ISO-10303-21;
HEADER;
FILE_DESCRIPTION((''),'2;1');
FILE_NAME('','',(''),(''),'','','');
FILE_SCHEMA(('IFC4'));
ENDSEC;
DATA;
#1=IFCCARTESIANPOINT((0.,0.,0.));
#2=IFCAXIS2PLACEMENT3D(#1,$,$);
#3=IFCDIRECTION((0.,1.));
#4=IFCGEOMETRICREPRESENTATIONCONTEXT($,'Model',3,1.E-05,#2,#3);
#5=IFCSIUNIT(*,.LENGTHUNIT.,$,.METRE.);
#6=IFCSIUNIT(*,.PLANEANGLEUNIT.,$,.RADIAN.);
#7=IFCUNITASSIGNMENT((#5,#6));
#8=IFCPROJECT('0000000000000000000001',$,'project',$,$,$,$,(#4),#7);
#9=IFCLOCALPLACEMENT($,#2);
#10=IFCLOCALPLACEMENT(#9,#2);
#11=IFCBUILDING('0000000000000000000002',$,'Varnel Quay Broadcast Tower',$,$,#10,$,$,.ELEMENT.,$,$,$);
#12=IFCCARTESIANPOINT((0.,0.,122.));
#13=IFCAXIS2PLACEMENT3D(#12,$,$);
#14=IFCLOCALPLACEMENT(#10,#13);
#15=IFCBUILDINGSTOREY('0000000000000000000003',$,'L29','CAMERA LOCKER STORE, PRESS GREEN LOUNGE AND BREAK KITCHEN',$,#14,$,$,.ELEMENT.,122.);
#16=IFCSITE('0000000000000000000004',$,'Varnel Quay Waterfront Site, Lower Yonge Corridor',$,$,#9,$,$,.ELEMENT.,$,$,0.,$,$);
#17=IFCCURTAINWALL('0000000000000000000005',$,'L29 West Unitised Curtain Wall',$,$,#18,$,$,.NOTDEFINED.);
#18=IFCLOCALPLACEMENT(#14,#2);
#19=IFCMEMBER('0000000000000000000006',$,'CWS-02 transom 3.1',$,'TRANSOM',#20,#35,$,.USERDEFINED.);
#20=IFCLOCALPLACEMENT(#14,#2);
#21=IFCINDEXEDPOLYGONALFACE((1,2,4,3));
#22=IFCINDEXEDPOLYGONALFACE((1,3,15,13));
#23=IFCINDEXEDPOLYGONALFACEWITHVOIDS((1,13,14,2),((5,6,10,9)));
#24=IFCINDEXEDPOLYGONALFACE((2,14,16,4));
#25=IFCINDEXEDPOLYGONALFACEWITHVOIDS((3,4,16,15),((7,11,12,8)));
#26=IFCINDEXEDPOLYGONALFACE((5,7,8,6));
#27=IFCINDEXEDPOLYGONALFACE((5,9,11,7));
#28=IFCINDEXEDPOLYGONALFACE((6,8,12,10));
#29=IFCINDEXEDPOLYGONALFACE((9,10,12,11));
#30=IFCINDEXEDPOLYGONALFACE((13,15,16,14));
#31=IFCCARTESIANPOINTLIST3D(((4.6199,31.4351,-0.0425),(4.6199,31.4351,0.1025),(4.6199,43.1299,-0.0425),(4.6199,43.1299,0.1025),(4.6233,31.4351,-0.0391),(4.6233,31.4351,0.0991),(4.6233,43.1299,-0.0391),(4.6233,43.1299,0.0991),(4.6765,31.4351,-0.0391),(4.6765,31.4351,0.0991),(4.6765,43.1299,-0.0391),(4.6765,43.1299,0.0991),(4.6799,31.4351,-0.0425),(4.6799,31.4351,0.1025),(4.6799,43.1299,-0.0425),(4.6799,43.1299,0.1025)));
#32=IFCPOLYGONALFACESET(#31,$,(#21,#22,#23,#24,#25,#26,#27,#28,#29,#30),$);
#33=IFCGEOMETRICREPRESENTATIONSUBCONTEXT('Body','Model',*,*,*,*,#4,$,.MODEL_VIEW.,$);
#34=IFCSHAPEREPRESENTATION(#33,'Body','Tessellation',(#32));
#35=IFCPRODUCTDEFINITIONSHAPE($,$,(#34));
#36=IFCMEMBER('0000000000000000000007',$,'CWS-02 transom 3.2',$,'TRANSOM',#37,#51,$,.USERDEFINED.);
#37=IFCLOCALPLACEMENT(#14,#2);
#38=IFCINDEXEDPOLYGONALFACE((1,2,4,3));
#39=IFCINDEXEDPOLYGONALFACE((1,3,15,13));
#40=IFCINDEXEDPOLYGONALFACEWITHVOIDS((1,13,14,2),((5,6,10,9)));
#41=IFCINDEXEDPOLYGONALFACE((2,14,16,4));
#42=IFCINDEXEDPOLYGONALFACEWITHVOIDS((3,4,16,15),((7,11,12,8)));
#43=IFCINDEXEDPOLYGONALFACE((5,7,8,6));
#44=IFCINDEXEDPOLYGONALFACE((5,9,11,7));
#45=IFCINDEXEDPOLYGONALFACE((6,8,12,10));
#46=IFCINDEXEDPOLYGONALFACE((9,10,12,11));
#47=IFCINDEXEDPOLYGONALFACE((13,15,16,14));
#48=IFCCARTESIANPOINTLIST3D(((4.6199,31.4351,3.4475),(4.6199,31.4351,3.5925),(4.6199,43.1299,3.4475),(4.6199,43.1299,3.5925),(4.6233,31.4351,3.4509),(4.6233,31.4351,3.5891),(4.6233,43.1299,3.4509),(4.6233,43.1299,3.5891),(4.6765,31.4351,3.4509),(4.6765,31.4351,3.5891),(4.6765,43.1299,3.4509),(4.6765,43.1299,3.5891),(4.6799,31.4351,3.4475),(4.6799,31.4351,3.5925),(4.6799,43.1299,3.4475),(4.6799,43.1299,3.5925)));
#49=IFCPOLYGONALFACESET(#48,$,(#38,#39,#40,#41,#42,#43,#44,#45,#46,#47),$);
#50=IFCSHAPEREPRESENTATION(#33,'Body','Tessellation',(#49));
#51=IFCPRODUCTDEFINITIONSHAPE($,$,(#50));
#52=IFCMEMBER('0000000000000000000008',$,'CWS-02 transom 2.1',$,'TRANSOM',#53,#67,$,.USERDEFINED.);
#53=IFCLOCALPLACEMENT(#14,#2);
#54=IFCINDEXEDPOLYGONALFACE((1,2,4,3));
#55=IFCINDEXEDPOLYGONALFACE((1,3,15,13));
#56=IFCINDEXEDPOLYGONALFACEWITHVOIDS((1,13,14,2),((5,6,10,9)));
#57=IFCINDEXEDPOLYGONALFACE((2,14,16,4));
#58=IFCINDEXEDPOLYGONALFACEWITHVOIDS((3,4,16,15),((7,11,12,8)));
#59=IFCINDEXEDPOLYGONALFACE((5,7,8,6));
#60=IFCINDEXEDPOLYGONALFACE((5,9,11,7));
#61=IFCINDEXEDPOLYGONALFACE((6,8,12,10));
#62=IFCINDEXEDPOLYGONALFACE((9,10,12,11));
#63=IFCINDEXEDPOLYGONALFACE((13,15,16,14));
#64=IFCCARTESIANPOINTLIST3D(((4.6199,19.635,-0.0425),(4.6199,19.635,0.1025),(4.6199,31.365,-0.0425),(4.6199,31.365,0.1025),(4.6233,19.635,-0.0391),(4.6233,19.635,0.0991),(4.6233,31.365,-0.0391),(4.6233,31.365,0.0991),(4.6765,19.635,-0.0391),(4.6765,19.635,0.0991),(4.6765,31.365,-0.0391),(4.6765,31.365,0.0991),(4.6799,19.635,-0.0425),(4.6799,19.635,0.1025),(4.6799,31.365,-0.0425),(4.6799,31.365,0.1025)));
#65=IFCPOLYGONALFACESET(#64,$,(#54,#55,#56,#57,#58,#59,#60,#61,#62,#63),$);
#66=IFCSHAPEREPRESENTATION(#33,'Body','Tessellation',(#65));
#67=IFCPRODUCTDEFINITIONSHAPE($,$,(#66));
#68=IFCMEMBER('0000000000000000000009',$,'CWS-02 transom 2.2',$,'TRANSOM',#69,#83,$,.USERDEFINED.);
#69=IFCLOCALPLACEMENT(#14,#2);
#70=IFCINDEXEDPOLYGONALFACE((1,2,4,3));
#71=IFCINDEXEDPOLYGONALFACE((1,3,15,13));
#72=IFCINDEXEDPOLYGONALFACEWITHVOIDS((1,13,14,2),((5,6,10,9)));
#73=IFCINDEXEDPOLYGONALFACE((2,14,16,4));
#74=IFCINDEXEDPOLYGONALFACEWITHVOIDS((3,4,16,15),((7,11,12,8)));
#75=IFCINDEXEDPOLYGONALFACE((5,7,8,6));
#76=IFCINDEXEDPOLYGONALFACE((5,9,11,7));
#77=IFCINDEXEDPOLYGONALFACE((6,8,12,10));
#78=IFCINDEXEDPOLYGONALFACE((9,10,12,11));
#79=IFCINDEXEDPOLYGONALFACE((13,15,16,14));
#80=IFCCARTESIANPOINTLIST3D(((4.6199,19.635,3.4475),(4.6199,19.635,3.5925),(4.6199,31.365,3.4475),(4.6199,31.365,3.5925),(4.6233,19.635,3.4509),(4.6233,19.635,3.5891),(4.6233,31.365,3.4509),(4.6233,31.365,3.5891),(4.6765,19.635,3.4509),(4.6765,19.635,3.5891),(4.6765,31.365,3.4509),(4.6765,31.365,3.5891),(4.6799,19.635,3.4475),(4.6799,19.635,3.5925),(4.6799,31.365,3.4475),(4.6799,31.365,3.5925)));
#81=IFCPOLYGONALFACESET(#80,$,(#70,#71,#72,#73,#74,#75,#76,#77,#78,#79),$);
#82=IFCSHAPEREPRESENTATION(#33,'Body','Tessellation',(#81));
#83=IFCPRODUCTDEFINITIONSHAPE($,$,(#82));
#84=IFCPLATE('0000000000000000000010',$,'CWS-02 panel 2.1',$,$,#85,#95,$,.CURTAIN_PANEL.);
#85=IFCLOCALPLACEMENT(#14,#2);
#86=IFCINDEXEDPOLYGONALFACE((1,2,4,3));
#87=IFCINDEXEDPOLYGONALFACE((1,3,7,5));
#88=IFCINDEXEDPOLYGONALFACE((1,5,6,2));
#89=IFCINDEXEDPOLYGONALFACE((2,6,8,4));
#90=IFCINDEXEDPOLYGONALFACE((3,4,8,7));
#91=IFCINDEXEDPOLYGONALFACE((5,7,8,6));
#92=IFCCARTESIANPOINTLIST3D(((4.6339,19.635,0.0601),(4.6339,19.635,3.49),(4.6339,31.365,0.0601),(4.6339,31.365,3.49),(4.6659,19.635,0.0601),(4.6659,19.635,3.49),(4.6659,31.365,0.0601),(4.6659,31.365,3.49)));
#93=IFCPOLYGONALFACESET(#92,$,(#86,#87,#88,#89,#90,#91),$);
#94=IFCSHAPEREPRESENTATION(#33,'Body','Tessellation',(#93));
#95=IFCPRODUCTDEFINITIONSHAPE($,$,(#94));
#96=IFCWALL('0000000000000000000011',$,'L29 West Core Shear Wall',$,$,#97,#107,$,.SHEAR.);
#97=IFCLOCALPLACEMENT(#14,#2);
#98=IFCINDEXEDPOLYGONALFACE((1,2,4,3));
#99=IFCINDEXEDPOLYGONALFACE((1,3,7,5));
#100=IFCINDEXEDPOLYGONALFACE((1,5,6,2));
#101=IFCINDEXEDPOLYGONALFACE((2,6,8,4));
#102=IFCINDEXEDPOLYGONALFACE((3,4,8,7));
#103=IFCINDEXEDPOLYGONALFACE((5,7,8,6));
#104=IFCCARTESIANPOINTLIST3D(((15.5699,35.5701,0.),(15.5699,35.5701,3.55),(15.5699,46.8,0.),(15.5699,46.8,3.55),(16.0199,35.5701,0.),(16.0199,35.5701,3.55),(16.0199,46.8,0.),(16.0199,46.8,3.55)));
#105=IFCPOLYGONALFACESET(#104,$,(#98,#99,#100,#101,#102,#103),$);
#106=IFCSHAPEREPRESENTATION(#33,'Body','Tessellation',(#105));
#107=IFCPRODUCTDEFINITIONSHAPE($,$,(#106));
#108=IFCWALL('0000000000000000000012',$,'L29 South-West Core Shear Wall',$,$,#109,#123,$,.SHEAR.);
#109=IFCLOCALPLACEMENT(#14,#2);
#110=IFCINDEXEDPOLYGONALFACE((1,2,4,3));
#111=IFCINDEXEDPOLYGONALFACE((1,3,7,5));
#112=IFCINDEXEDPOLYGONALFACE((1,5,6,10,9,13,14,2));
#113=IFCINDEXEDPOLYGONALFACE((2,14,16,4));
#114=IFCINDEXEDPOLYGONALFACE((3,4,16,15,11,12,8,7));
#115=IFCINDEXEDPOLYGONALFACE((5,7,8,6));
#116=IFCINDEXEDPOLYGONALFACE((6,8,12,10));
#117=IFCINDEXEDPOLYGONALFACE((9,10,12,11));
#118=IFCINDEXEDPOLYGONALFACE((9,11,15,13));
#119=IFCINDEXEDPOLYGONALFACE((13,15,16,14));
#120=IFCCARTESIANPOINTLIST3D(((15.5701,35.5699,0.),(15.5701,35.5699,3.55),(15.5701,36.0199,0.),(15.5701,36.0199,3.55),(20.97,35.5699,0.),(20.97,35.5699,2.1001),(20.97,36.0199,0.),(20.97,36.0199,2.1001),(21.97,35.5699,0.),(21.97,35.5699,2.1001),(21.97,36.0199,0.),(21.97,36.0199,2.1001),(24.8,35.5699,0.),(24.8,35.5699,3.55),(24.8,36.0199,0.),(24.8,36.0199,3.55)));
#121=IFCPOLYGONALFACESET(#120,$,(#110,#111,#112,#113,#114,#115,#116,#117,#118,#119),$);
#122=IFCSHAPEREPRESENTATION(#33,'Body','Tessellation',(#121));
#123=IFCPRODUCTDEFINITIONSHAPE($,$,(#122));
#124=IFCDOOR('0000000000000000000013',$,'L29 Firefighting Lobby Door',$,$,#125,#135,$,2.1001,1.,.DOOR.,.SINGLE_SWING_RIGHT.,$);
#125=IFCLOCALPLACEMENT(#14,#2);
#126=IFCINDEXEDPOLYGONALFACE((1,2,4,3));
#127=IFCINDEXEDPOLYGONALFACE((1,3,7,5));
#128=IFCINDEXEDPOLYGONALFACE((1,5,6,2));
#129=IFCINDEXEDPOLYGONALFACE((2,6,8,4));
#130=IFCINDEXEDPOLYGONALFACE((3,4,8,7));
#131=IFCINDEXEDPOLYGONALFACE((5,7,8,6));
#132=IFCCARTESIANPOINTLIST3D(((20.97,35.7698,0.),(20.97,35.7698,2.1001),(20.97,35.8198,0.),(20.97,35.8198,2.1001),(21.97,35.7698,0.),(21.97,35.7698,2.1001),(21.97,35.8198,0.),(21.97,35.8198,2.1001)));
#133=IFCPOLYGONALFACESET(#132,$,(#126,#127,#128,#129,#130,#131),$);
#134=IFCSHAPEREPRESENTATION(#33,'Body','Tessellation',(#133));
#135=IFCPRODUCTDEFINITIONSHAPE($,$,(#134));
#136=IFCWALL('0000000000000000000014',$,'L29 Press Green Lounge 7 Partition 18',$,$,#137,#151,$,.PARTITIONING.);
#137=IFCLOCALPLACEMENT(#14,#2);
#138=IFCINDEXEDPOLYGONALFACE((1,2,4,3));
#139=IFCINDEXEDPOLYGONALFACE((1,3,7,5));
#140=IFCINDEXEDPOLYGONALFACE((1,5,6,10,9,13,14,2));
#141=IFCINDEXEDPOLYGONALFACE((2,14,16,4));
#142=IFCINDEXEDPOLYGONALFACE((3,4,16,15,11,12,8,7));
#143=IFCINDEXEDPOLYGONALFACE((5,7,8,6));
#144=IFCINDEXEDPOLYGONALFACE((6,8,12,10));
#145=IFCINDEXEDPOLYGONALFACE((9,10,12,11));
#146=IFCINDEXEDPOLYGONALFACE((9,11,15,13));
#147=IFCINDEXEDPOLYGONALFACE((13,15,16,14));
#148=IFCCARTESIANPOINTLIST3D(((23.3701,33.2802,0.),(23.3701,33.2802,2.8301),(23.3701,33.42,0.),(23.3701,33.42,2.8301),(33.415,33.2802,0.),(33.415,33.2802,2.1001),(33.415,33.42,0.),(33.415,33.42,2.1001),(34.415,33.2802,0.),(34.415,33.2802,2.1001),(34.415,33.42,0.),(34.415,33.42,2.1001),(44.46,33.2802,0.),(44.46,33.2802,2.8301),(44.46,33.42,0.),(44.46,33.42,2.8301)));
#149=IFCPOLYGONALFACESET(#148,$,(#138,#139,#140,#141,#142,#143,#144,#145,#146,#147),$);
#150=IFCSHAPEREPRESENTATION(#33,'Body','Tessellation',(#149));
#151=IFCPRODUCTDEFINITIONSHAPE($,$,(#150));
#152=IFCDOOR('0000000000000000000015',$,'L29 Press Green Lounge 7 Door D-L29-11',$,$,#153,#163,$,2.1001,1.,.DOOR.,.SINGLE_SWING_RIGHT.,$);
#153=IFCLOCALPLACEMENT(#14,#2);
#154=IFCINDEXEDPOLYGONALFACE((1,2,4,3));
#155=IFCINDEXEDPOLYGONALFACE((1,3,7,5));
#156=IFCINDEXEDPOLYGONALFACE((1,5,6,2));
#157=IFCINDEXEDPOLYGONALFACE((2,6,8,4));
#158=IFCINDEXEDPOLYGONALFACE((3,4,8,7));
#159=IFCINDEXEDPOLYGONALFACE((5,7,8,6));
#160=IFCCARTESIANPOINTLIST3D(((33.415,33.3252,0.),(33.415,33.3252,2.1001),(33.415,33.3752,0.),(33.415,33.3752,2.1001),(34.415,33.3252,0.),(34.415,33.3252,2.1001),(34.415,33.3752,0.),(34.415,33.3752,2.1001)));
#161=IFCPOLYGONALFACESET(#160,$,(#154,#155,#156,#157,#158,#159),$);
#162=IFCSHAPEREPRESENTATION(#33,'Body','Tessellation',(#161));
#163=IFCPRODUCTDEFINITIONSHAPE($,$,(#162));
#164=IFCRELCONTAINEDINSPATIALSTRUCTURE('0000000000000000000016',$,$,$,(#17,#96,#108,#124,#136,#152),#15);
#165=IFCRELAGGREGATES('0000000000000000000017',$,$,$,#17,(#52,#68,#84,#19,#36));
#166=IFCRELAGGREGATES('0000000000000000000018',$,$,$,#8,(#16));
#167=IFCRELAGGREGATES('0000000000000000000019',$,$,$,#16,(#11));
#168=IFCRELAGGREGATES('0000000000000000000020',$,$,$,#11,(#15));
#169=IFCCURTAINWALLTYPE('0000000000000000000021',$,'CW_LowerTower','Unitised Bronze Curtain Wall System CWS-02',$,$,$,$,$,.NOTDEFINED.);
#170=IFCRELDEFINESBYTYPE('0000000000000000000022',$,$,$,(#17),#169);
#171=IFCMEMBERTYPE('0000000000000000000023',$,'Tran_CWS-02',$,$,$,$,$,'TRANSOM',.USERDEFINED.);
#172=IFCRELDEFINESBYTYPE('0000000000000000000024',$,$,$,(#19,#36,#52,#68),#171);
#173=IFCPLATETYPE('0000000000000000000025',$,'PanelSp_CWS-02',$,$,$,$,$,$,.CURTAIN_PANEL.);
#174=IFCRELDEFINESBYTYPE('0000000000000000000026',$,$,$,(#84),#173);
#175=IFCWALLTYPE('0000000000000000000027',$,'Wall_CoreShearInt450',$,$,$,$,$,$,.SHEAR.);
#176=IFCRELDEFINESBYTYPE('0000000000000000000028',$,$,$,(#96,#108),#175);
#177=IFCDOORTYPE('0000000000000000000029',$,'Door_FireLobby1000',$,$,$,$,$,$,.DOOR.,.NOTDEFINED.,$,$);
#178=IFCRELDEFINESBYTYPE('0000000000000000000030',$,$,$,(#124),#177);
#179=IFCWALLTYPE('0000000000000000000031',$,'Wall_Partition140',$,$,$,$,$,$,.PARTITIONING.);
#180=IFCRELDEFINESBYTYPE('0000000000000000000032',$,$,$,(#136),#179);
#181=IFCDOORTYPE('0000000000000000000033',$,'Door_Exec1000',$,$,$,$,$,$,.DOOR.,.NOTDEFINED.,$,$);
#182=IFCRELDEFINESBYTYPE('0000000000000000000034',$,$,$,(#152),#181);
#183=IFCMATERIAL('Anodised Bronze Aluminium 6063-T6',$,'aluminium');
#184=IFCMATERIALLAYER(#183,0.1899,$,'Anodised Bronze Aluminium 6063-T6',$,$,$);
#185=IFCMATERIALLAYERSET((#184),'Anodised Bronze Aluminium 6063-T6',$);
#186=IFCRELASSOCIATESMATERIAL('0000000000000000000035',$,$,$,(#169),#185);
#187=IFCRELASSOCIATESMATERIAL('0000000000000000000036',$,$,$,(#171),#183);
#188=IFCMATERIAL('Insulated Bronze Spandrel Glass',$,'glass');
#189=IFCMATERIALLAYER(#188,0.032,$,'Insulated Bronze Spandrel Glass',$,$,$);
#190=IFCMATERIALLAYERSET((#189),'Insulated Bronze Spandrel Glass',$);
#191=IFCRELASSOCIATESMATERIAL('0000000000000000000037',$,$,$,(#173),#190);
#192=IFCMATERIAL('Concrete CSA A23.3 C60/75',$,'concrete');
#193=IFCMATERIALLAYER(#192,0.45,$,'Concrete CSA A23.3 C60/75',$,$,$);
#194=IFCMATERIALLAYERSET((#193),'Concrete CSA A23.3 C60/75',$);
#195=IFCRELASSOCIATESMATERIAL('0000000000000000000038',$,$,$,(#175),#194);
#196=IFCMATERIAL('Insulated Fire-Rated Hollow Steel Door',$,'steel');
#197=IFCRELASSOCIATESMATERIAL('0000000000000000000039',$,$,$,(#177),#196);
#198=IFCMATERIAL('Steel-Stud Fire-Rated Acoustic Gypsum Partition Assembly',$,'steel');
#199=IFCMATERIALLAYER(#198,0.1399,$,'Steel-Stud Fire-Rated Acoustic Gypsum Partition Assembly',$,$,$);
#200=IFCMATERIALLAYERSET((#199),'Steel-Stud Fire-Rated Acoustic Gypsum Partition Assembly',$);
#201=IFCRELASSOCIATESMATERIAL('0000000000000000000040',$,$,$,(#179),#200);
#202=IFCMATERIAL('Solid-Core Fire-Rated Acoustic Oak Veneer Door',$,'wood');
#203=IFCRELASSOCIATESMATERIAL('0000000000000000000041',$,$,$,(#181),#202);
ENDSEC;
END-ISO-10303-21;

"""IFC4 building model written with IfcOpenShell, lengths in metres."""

from ifc_helpers import new_model, si_unit, direction, frame, frame_2d, origin, origin_2d, place, context, subcontext, project, spatial, rectangle, hollow_rectangle, extrude, source, transform, mapped, material, layer, layer_set, material_profile, profile_set, type_object, type_shapes, element, fill, aggregate, save


model = new_model("IFC4")

# Units and contexts
model_context = context("Model", 3, precision=1e-05, world=origin(), true_north=direction((0.0, 1.0)))
body_context = subcontext(model_context, "Body", "Model", "MODEL_VIEW")
ifc_project = project(units=[si_unit("LENGTHUNIT", "METRE"), si_unit("PLANEANGLEUNIT", "RADIAN")], contexts=[model_context])

# Site, building, storey
site_placement = place(None, origin())
site = spatial("IfcSite", under=ifc_project, at=site_placement, Name="Varnel Quay Waterfront Site, Lower Yonge Corridor", CompositionType="ELEMENT", RefElevation=0.0)
building_placement = place(site_placement, origin())
building = spatial("IfcBuilding", under=site, at=building_placement, Name="Varnel Quay Broadcast Tower", CompositionType="ELEMENT")
storey_placement = place(building_placement, frame((0.0, 0.0, 122.0)))
storey = spatial("IfcBuildingStorey", under=building, at=storey_placement, Name="L29", Description="CAMERA LOCKER STORE, PRESS GREEN LOUNGE AND BREAK KITCHEN", CompositionType="ELEMENT", Elevation=122.0)

# Shared definitions
ifc_material_1 = material(Name="Concrete CSA A23.3 C60/75", Category="concrete")

# Curtain wall, members, plate
ifc_material_2 = material(Name="Anodised Bronze Aluminium 6063-T6", Category="aluminium")
ifc_layer_1 = layer(ifc_material_2, 0.1899, Name="Anodised Bronze Aluminium 6063-T6")
ifc_layer_set_1 = layer_set([ifc_layer_1], Name="Anodised Bronze Aluminium 6063-T6")
curtain_wall_type = type_object("IfcCurtainWallType", Name="CW_LowerTower", Description="Unitised Bronze Curtain Wall System CWS-02", PredefinedType="NOTDEFINED", material=ifc_layer_set_1)
curtain_wall_placement = place(storey_placement, origin())
curtain_wall = element("IfcCurtainWall", 1, at=curtain_wall_placement, inside=storey, type_object=curtain_wall_type, Name="L29 West Unitised Curtain Wall", PredefinedType="NOTDEFINED")
ifc_material_profile_1 = material_profile(ifc_material_2, hollow_rectangle(XDim=0.0601, YDim=0.145, WallThickness=0.0034, at=origin_2d()), Name="ALU60X145X3.5")
ifc_profile_set_1 = profile_set([ifc_material_profile_1], Name="Anodised Bronze Aluminium 6063-T6")
member_type_1 = type_object("IfcMemberType", Name="Tran_CWS-02", ElementType="TRANSOM", PredefinedType="USERDEFINED", material=ifc_profile_set_1)
shared_shape_1 = source(origin(), body_context, "Body", "SweptSolid", [
    extrude(hollow_rectangle(XDim=0.0601, YDim=0.145, WallThickness=0.0034, at=origin_2d()), origin(), (0.0, 0.0, 1.0), 11.6948),
])
member_1_placement = place(storey_placement, frame((4.6499, 31.4351, 0.03), z_axis=(0.0, 1.0, 0.0), x_axis=(-1.0, 0.0, 0.0)))
member_1 = element("IfcMember", 2, at=member_1_placement, type_object=member_type_1, Name="CWS-02 transom 3.1", ObjectType="TRANSOM", PredefinedType="USERDEFINED", context=body_context, shape_type="MappedRepresentation", body=[
    mapped(shared_shape_1, transform((0.0, 0.0, 0.0), x_axis=(1.0, 0.0, 0.0), y_axis=(0.0, 1.0, 0.0), z_axis=(0.0, 0.0, 1.0), scale=1.0)),
])
member_2_placement = place(storey_placement, frame((4.6499, 31.4351, 3.52), z_axis=(0.0, 1.0, 0.0), x_axis=(-1.0, 0.0, 0.0)))
member_2 = element("IfcMember", 3, at=member_2_placement, type_object=member_type_1, Name="CWS-02 transom 3.2", ObjectType="TRANSOM", PredefinedType="USERDEFINED", context=body_context, shape_type="MappedRepresentation", body=[
    mapped(shared_shape_1, transform((0.0, 0.0, 0.0), x_axis=(1.0, 0.0, 0.0), y_axis=(0.0, 1.0, 0.0), z_axis=(0.0, 0.0, 1.0), scale=1.0)),
])
shared_shape_2 = source(origin(), body_context, "Body", "SweptSolid", [
    extrude(hollow_rectangle(XDim=0.0601, YDim=0.145, WallThickness=0.0034, at=origin_2d()), origin(), (0.0, 0.0, 1.0), 11.73),
])
type_shapes(member_type_1, [shared_shape_1, shared_shape_2])
member_3_placement = place(storey_placement, frame((4.6499, 19.635, 0.03), z_axis=(0.0, 1.0, 0.0), x_axis=(-1.0, 0.0, 0.0)))
member_3 = element("IfcMember", 4, at=member_3_placement, type_object=member_type_1, Name="CWS-02 transom 2.1", ObjectType="TRANSOM", PredefinedType="USERDEFINED", context=body_context, shape_type="MappedRepresentation", body=[
    mapped(shared_shape_2, transform((0.0, 0.0, 0.0), x_axis=(1.0, 0.0, 0.0), y_axis=(0.0, 1.0, 0.0), z_axis=(0.0, 0.0, 1.0), scale=1.0)),
])
member_4_placement = place(storey_placement, frame((4.6499, 19.635, 3.52), z_axis=(0.0, 1.0, 0.0), x_axis=(-1.0, 0.0, 0.0)))
member_4 = element("IfcMember", 5, at=member_4_placement, type_object=member_type_1, Name="CWS-02 transom 2.2", ObjectType="TRANSOM", PredefinedType="USERDEFINED", context=body_context, shape_type="MappedRepresentation", body=[
    mapped(shared_shape_2, transform((0.0, 0.0, 0.0), x_axis=(1.0, 0.0, 0.0), y_axis=(0.0, 1.0, 0.0), z_axis=(0.0, 0.0, 1.0), scale=1.0)),
])
ifc_material_3 = material(Name="Insulated Bronze Spandrel Glass", Category="glass")
ifc_layer_2 = layer(ifc_material_3, 0.032, Name="Insulated Bronze Spandrel Glass")
ifc_layer_set_2 = layer_set([ifc_layer_2], Name="Insulated Bronze Spandrel Glass")
plate_type = type_object("IfcPlateType", Name="PanelSp_CWS-02", PredefinedType="CURTAIN_PANEL", material=ifc_layer_set_2)
shared_shape_3 = source(origin(), body_context, "Body", "SweptSolid", [
    extrude(rectangle(XDim=11.73, YDim=0.032, at=origin_2d()), origin(), (0.0, 0.0, 1.0), 3.4299),
])
type_shapes(plate_type, [shared_shape_3])
plate_placement = place(storey_placement, frame((4.6499, 25.5, 0.0601), z_axis=(0.0, 0.0, 1.0), x_axis=(0.0, 1.0, 0.0)))
plate = element("IfcPlate", 6, at=plate_placement, type_object=plate_type, Name="CWS-02 panel 2.1", PredefinedType="CURTAIN_PANEL", context=body_context, shape_type="MappedRepresentation", body=[
    mapped(shared_shape_3, transform((0.0, 0.0, 0.0), x_axis=(1.0, 0.0, 0.0), y_axis=(0.0, 1.0, 0.0), z_axis=(0.0, 0.0, 1.0), scale=1.0)),
])
aggregate(curtain_wall, [member_3, member_4, plate, member_1, member_2])

# Wall
ifc_layer_3 = layer(ifc_material_1, 0.45, Name="Concrete CSA A23.3 C60/75")
ifc_layer_set_3 = layer_set([ifc_layer_3], Name="Concrete CSA A23.3 C60/75")
wall_type_1 = type_object("IfcWallType", Name="Wall_CoreShearInt450", PredefinedType="SHEAR", material=ifc_layer_set_3)
wall_1_placement = place(storey_placement, frame((15.7949, 35.5701, 0.0), z_axis=(0.0, 0.0, 1.0), x_axis=(0.0, 1.0, 0.0)))
element("IfcWall", 7, at=wall_1_placement, inside=storey, type_object=wall_type_1, Name="L29 West Core Shear Wall", PredefinedType="SHEAR", context=body_context, shape_type="SweptSolid", body=[
    extrude(rectangle(XDim=11.23, YDim=0.45, at=frame_2d((5.615, 0.0))), origin(), (0.0, 0.0, 1.0), 3.55),
])

# Walls, openings, doors
wall_2_placement = place(storey_placement, frame((15.5701, 35.7949, 0.0), z_axis=(0.0, 0.0, 1.0), x_axis=(1.0, 0.0, 0.0)))
wall_2 = element("IfcWall", 8, at=wall_2_placement, inside=storey, type_object=wall_type_1, Name="L29 South-West Core Shear Wall", PredefinedType="SHEAR", context=body_context, shape_type="SweptSolid", body=[
    extrude(rectangle(XDim=9.23, YDim=0.45, at=frame_2d((4.615, 0.0))), origin(), (0.0, 0.0, 1.0), 3.55),
])
opening_1_placement = place(wall_2_placement, frame((5.3999, 0.0, 0.0)))
opening_1 = element("IfcOpeningElement", 9, at=opening_1_placement, cuts=wall_2, PredefinedType="OPENING", context=body_context, shape_type="SweptSolid", body=[
    extrude(rectangle(XDim=1.0, YDim=2.1001, at=frame_2d((0.5, 1.05))), frame((0.0, 0.2349, 0.0), z_axis=(0.0, -1.0, 0.0), x_axis=(1.0, 0.0, 0.0)), (0.0, 0.0, 1.0), 0.47),
])
ifc_material_4 = material(Name="Insulated Fire-Rated Hollow Steel Door", Category="steel")
door_type_1 = type_object("IfcDoorType", Name="Door_FireLobby1000", OperationType="NOTDEFINED", PredefinedType="DOOR", material=ifc_material_4)
shared_shape_4 = source(origin(), body_context, "Body", "SweptSolid", [
    extrude(rectangle(XDim=1.0, YDim=2.1001, at=frame_2d((0.5, 1.05))), frame((0.0, 0.0249, 0.0), z_axis=(0.0, -1.0, 0.0), x_axis=(1.0, 0.0, 0.0)), (0.0, 0.0, 1.0), 0.05),
])
type_shapes(door_type_1, [shared_shape_4])
door_1_placement = place(opening_1_placement, origin())
door_1 = element("IfcDoor", 10, at=door_1_placement, inside=storey, type_object=door_type_1, Name="L29 Firefighting Lobby Door", OperationType="SINGLE_SWING_RIGHT", OverallHeight=2.1001, OverallWidth=1.0, PredefinedType="DOOR", context=body_context, shape_type="MappedRepresentation", body=[
    mapped(shared_shape_4, transform((0.0, 0.0, 0.0), x_axis=(1.0, 0.0, 0.0), y_axis=(0.0, 1.0, 0.0), z_axis=(0.0, 0.0, 1.0), scale=1.0)),
])
fill(opening_1, door_1)
ifc_material_5 = material(Name="Steel-Stud Fire-Rated Acoustic Gypsum Partition Assembly", Category="steel")
ifc_layer_4 = layer(ifc_material_5, 0.1399, Name="Steel-Stud Fire-Rated Acoustic Gypsum Partition Assembly")
ifc_layer_set_4 = layer_set([ifc_layer_4], Name="Steel-Stud Fire-Rated Acoustic Gypsum Partition Assembly")
wall_type_2 = type_object("IfcWallType", Name="Wall_Partition140", PredefinedType="PARTITIONING", material=ifc_layer_set_4)
wall_3_placement = place(storey_placement, frame((23.3701, 33.3501, 0.0), z_axis=(0.0, 0.0, 1.0), x_axis=(1.0, 0.0, 0.0)))
wall_3 = element("IfcWall", 11, at=wall_3_placement, inside=storey, type_object=wall_type_2, Name="L29 Press Green Lounge 7 Partition 18", PredefinedType="PARTITIONING", context=body_context, shape_type="SweptSolid", body=[
    extrude(rectangle(XDim=21.0898, YDim=0.1399, at=frame_2d((10.5449, 0.0))), origin(), (0.0, 0.0, 1.0), 2.8301),
])
opening_2_placement = place(wall_3_placement, frame((10.0449, 0.0, 0.0)))
opening_2 = element("IfcOpeningElement", 12, at=opening_2_placement, cuts=wall_3, PredefinedType="OPENING", context=body_context, shape_type="SweptSolid", body=[
    extrude(rectangle(XDim=1.0, YDim=2.1001, at=frame_2d((0.5, 1.05))), frame((0.0, 0.0801, 0.0), z_axis=(0.0, -1.0, 0.0), x_axis=(1.0, 0.0, 0.0)), (0.0, 0.0, 1.0), 0.1599),
])
ifc_material_6 = material(Name="Solid-Core Fire-Rated Acoustic Oak Veneer Door", Category="wood")
door_type_2 = type_object("IfcDoorType", Name="Door_Exec1000", OperationType="NOTDEFINED", PredefinedType="DOOR", material=ifc_material_6)
shared_shape_5 = source(origin(), body_context, "Body", "SweptSolid", [
    extrude(rectangle(XDim=1.0, YDim=2.1001, at=frame_2d((0.5, 1.05))), frame((0.0, 0.0249, 0.0), z_axis=(0.0, -1.0, 0.0), x_axis=(1.0, 0.0, 0.0)), (0.0, 0.0, 1.0), 0.05),
])
type_shapes(door_type_2, [shared_shape_5])
door_2_placement = place(opening_2_placement, frame((1.0, 0.0, 0.0), z_axis=(0.0, 0.0, 1.0), x_axis=(-1.0, 0.0, 0.0)))
door_2 = element("IfcDoor", 13, at=door_2_placement, inside=storey, type_object=door_type_2, Name="L29 Press Green Lounge 7 Door D-L29-11", OperationType="SINGLE_SWING_RIGHT", OverallHeight=2.1001, OverallWidth=1.0, PredefinedType="DOOR", context=body_context, shape_type="MappedRepresentation", body=[
    mapped(shared_shape_5, transform((0.0, 0.0, 0.0), x_axis=(1.0, 0.0, 0.0), y_axis=(0.0, 1.0, 0.0), z_axis=(0.0, 0.0, 1.0), scale=1.0)),
])
fill(opening_2, door_2)

save(model, "model.ifc")
